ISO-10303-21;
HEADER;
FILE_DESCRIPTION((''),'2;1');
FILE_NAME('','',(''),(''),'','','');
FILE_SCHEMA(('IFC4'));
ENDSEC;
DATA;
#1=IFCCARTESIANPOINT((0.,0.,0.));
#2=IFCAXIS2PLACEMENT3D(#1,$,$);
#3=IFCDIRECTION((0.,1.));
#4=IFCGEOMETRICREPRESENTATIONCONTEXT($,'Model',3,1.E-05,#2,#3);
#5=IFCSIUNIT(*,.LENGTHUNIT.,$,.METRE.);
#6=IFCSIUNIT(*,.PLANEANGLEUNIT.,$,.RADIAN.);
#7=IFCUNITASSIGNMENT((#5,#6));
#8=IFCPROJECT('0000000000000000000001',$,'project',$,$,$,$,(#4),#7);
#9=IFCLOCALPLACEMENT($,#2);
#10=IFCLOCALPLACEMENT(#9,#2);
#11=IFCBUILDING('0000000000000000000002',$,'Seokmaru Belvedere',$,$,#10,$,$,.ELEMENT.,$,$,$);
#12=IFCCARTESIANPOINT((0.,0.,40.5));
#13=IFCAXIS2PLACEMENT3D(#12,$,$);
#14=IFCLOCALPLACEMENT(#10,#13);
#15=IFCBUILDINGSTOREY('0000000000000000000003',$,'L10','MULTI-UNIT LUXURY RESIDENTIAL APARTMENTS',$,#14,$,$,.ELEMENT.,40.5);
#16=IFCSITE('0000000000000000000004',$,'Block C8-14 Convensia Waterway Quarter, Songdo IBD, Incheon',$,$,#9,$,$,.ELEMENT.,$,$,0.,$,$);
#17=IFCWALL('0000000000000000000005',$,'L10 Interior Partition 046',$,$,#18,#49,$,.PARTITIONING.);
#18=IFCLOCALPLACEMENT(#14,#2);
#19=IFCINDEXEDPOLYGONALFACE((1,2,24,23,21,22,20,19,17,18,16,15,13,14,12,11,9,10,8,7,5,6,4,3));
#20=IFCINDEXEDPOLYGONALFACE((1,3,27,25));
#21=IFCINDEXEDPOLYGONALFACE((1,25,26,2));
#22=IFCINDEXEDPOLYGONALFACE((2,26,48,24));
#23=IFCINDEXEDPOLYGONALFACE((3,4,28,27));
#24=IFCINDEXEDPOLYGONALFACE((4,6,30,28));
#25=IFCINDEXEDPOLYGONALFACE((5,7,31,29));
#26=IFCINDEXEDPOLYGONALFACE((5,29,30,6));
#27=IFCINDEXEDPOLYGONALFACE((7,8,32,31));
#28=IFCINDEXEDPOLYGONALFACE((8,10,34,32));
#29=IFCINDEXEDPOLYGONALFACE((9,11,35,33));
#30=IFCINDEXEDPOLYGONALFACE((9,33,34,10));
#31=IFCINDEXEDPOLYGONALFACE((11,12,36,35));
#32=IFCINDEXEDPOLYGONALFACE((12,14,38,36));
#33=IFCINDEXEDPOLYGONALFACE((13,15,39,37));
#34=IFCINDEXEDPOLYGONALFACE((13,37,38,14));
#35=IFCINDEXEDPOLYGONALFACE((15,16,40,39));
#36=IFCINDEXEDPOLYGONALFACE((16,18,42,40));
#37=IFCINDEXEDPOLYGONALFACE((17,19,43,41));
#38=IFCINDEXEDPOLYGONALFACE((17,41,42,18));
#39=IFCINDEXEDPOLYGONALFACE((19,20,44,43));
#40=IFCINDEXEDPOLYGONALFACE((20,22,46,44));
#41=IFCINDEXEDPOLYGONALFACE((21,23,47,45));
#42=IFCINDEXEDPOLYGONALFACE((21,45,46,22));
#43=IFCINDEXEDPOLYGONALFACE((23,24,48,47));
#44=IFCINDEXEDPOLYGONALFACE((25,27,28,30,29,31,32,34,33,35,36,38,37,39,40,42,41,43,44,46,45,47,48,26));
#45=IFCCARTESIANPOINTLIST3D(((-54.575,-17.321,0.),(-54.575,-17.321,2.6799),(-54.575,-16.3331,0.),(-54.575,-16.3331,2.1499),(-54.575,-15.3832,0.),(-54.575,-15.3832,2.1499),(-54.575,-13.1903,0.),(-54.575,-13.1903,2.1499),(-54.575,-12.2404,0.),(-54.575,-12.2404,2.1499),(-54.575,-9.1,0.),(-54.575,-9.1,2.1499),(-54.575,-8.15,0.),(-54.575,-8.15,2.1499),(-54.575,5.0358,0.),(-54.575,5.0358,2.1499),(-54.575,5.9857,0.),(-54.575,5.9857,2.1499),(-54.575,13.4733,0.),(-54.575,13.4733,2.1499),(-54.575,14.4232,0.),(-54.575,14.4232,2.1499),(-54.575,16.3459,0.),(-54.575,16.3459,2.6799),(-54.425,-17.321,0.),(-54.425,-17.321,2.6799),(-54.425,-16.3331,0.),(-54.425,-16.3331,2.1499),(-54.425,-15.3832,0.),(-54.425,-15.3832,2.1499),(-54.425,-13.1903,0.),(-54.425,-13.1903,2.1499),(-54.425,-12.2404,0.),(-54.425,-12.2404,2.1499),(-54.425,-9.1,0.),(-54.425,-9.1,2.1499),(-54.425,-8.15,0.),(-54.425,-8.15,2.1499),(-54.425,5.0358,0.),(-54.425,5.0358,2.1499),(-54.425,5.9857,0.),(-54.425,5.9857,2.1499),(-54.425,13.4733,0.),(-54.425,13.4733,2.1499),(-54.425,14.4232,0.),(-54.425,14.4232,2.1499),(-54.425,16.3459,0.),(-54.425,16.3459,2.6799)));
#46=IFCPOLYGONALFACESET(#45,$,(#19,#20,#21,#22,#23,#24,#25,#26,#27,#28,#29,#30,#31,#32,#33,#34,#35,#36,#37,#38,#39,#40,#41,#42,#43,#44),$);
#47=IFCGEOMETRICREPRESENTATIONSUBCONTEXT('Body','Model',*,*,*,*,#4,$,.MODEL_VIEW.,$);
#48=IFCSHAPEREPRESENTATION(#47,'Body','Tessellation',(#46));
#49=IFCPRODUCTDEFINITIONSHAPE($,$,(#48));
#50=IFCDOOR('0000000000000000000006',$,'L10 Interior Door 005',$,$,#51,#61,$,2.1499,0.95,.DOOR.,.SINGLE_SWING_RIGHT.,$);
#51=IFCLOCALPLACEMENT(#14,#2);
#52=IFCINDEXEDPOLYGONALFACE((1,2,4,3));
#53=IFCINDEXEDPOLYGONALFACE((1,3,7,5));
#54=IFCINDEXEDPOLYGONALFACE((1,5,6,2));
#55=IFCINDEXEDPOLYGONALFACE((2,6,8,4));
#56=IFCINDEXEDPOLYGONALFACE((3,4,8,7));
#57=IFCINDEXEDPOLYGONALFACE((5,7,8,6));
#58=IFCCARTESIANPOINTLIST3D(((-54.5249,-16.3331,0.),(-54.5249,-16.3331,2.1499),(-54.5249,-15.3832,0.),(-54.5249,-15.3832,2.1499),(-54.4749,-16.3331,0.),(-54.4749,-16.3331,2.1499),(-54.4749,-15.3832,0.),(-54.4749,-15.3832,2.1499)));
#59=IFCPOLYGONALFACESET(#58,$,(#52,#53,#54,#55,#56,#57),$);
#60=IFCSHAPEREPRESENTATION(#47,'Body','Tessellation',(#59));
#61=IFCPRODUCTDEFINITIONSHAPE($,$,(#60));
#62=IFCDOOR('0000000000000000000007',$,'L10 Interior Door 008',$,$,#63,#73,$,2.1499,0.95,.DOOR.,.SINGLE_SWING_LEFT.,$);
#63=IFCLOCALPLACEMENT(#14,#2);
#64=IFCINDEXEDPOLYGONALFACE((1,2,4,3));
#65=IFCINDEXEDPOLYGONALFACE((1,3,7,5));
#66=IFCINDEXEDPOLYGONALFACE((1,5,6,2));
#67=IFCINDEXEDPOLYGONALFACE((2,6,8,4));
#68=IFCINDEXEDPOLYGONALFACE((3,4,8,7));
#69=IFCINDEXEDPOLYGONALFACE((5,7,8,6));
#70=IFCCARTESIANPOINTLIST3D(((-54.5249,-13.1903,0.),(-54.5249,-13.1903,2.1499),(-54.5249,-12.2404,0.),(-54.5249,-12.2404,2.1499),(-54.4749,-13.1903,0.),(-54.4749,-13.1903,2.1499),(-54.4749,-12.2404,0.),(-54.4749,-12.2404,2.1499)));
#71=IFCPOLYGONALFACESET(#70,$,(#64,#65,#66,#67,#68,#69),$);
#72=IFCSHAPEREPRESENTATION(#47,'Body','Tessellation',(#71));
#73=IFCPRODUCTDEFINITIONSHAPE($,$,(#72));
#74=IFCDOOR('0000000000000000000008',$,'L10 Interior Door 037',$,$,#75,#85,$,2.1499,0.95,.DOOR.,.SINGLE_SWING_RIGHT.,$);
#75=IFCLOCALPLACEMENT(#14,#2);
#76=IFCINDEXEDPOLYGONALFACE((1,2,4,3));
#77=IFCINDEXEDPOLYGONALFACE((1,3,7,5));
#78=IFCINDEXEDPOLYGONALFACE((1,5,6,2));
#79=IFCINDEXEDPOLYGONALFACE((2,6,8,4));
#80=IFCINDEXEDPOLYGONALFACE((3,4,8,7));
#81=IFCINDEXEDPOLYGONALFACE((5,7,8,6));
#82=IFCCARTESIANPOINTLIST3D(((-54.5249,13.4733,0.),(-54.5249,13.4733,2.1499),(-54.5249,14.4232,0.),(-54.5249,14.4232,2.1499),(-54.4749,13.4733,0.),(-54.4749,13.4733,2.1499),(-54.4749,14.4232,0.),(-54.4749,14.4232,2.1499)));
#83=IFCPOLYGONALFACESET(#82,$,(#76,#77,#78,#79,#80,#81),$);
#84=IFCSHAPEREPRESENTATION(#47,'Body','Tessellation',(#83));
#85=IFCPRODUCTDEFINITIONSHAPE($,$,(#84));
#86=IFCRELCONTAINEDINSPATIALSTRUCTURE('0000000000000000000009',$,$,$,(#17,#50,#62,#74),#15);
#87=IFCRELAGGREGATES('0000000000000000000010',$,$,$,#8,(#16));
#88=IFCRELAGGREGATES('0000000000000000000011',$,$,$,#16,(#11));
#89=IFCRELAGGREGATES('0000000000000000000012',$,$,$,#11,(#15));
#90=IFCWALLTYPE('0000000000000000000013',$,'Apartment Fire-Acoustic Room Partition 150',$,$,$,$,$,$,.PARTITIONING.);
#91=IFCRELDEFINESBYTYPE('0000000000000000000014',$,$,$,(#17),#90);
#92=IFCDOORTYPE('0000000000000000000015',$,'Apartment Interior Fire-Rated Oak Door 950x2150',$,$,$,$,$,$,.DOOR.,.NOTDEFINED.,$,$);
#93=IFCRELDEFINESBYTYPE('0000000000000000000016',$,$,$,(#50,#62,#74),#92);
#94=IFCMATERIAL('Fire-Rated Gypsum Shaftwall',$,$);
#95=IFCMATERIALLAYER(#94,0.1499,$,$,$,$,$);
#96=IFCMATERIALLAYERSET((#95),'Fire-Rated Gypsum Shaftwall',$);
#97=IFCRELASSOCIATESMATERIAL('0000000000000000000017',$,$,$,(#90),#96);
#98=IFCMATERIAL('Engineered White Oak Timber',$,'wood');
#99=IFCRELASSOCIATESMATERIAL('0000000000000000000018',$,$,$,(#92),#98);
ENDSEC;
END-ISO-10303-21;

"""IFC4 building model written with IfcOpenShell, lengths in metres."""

from ifc_helpers import new_model, si_unit, direction, frame, frame_2d, origin, place, context, subcontext, project, spatial, rectangle, extrude, source, transform, mapped, material, layer, layer_set, type_object, type_shapes, element, fill, save


model = new_model("IFC4")

# Units and contexts
model_context = context("Model", 3, precision=1e-05, world=origin(), true_north=direction((0.0, 1.0)))
body_context = subcontext(model_context, "Body", "Model", "MODEL_VIEW")
ifc_project = project(units=[si_unit("LENGTHUNIT", "METRE"), si_unit("PLANEANGLEUNIT", "RADIAN")], contexts=[model_context])

# Site, building, storey
site_placement = place(None, origin())
site = spatial("IfcSite", under=ifc_project, at=site_placement, Name="Block C8-14 Convensia Waterway Quarter, Songdo IBD, Incheon", CompositionType="ELEMENT", RefElevation=0.0)
building_placement = place(site_placement, origin())
building = spatial("IfcBuilding", under=site, at=building_placement, Name="Seokmaru Belvedere", CompositionType="ELEMENT")
storey_placement = place(building_placement, frame((0.0, 0.0, 40.5)))
storey = spatial("IfcBuildingStorey", under=building, at=storey_placement, Name="L10", Description="MULTI-UNIT LUXURY RESIDENTIAL APARTMENTS", CompositionType="ELEMENT", Elevation=40.5)

# Shared definitions
ifc_material_1 = material(Name="Fire-Rated Gypsum Shaftwall")
ifc_layer_1 = layer(ifc_material_1, 0.1499)
ifc_layer_set_1 = layer_set([ifc_layer_1], Name="Fire-Rated Gypsum Shaftwall")
wall_type = type_object("IfcWallType", Name="Apartment Fire-Acoustic Room Partition 150", PredefinedType="PARTITIONING", material=ifc_layer_set_1)
ifc_material_2 = material(Name="Engineered White Oak Timber", Category="wood")
door_type = type_object("IfcDoorType", Name="Apartment Interior Fire-Rated Oak Door 950x2150", OperationType="NOTDEFINED", PredefinedType="DOOR", material=ifc_material_2)
shared_shape_1 = source(origin(), body_context, "Body", "SweptSolid", [
    extrude(rectangle(XDim=0.95, YDim=2.1499, at=frame_2d((0.4751, 1.075))), frame((0.0, 0.0249, 0.0), z_axis=(0.0, -1.0, 0.0), x_axis=(1.0, 0.0, 0.0)), (0.0, 0.0, 1.0), 0.05),
])
type_shapes(door_type, [shared_shape_1])

# Wall, openings, doors
wall_1_placement = place(storey_placement, frame((-54.5, -17.321, 0.0), z_axis=(0.0, 0.0, 1.0), x_axis=(0.0, 1.0, 0.0)))
wall_1 = element("IfcWall", 1, at=wall_1_placement, inside=storey, type_object=wall_type, Name="L10 Interior Partition 046", PredefinedType="PARTITIONING", context=body_context, shape_type="SweptSolid", body=[
    extrude(rectangle(XDim=33.667, YDim=0.1499, at=frame_2d((16.8335, 0.0))), origin(), (0.0, 0.0, 1.0), 2.6799),
])
opening_1_placement = place(wall_1_placement, frame((0.9878, 0.0, 0.0)))
opening_1 = element("IfcOpeningElement", 2, at=opening_1_placement, cuts=wall_1, PredefinedType="OPENING", context=body_context, shape_type="SweptSolid", body=[
    extrude(rectangle(XDim=0.95, YDim=2.1499, at=frame_2d((0.4751, 1.075))), frame((0.0, 0.085, 0.0), z_axis=(0.0, -1.0, 0.0), x_axis=(1.0, 0.0, 0.0)), (0.0, 0.0, 1.0), 0.1699),
])
opening_2_placement = place(wall_1_placement, frame((4.1306, 0.0, 0.0)))
opening_2 = element("IfcOpeningElement", 3, at=opening_2_placement, cuts=wall_1, PredefinedType="OPENING", context=body_context, shape_type="SweptSolid", body=[
    extrude(rectangle(XDim=0.95, YDim=2.1499, at=frame_2d((0.4751, 1.075))), frame((0.0, 0.085, 0.0), z_axis=(0.0, -1.0, 0.0), x_axis=(1.0, 0.0, 0.0)), (0.0, 0.0, 1.0), 0.1699),
])
opening_3_placement = place(wall_1_placement, frame((8.2209, 0.0, 0.0)))
element("IfcOpeningElement", 4, at=opening_3_placement, cuts=wall_1, PredefinedType="OPENING", context=body_context, shape_type="SweptSolid", body=[
    extrude(rectangle(XDim=0.95, YDim=2.1499, at=frame_2d((0.4751, 1.075))), frame((0.0, 0.085, 0.0), z_axis=(0.0, -1.0, 0.0), x_axis=(1.0, 0.0, 0.0)), (0.0, 0.0, 1.0), 0.1699),
])
opening_4_placement = place(wall_1_placement, frame((22.3567, 0.0, 0.0)))
element("IfcOpeningElement", 5, at=opening_4_placement, cuts=wall_1, PredefinedType="OPENING", context=body_context, shape_type="SweptSolid", body=[
    extrude(rectangle(XDim=0.95, YDim=2.1499, at=frame_2d((0.4751, 1.075))), frame((0.0, 0.085, 0.0), z_axis=(0.0, -1.0, 0.0), x_axis=(1.0, 0.0, 0.0)), (0.0, 0.0, 1.0), 0.1699),
])
opening_5_placement = place(wall_1_placement, frame((30.7942, 0.0, 0.0)))
opening_5 = element("IfcOpeningElement", 6, at=opening_5_placement, cuts=wall_1, PredefinedType="OPENING", context=body_context, shape_type="SweptSolid", body=[
    extrude(rectangle(XDim=0.95, YDim=2.1499, at=frame_2d((0.4751, 1.075))), frame((0.0, 0.085, 0.0), z_axis=(0.0, -1.0, 0.0), x_axis=(1.0, 0.0, 0.0)), (0.0, 0.0, 1.0), 0.1699),
])
door_1_placement = place(opening_1_placement, origin())
door_1 = element("IfcDoor", 7, at=door_1_placement, inside=storey, type_object=door_type, Name="L10 Interior Door 005", OperationType="SINGLE_SWING_RIGHT", OverallHeight=2.1499, OverallWidth=0.95, PredefinedType="DOOR", context=body_context, shape_type="MappedRepresentation", body=[
    mapped(shared_shape_1, transform((0.0, 0.0, 0.0), scale=1.0)),
])
fill(opening_1, door_1)
door_2_placement = place(opening_2_placement, origin())
door_2 = element("IfcDoor", 8, at=door_2_placement, inside=storey, type_object=door_type, Name="L10 Interior Door 008", OperationType="SINGLE_SWING_LEFT", OverallHeight=2.1499, OverallWidth=0.95, PredefinedType="DOOR", context=body_context, shape_type="MappedRepresentation", body=[
    mapped(shared_shape_1, transform((0.0, 0.0, 0.0), scale=1.0)),
])
fill(opening_2, door_2)
door_3_placement = place(opening_5_placement, origin())
door_3 = element("IfcDoor", 9, at=door_3_placement, inside=storey, type_object=door_type, Name="L10 Interior Door 037", OperationType="SINGLE_SWING_RIGHT", OverallHeight=2.1499, OverallWidth=0.95, PredefinedType="DOOR", context=body_context, shape_type="MappedRepresentation", body=[
    mapped(shared_shape_1, transform((0.0, 0.0, 0.0), scale=1.0)),
])
fill(opening_5, door_3)

save(model, "model.ifc")
